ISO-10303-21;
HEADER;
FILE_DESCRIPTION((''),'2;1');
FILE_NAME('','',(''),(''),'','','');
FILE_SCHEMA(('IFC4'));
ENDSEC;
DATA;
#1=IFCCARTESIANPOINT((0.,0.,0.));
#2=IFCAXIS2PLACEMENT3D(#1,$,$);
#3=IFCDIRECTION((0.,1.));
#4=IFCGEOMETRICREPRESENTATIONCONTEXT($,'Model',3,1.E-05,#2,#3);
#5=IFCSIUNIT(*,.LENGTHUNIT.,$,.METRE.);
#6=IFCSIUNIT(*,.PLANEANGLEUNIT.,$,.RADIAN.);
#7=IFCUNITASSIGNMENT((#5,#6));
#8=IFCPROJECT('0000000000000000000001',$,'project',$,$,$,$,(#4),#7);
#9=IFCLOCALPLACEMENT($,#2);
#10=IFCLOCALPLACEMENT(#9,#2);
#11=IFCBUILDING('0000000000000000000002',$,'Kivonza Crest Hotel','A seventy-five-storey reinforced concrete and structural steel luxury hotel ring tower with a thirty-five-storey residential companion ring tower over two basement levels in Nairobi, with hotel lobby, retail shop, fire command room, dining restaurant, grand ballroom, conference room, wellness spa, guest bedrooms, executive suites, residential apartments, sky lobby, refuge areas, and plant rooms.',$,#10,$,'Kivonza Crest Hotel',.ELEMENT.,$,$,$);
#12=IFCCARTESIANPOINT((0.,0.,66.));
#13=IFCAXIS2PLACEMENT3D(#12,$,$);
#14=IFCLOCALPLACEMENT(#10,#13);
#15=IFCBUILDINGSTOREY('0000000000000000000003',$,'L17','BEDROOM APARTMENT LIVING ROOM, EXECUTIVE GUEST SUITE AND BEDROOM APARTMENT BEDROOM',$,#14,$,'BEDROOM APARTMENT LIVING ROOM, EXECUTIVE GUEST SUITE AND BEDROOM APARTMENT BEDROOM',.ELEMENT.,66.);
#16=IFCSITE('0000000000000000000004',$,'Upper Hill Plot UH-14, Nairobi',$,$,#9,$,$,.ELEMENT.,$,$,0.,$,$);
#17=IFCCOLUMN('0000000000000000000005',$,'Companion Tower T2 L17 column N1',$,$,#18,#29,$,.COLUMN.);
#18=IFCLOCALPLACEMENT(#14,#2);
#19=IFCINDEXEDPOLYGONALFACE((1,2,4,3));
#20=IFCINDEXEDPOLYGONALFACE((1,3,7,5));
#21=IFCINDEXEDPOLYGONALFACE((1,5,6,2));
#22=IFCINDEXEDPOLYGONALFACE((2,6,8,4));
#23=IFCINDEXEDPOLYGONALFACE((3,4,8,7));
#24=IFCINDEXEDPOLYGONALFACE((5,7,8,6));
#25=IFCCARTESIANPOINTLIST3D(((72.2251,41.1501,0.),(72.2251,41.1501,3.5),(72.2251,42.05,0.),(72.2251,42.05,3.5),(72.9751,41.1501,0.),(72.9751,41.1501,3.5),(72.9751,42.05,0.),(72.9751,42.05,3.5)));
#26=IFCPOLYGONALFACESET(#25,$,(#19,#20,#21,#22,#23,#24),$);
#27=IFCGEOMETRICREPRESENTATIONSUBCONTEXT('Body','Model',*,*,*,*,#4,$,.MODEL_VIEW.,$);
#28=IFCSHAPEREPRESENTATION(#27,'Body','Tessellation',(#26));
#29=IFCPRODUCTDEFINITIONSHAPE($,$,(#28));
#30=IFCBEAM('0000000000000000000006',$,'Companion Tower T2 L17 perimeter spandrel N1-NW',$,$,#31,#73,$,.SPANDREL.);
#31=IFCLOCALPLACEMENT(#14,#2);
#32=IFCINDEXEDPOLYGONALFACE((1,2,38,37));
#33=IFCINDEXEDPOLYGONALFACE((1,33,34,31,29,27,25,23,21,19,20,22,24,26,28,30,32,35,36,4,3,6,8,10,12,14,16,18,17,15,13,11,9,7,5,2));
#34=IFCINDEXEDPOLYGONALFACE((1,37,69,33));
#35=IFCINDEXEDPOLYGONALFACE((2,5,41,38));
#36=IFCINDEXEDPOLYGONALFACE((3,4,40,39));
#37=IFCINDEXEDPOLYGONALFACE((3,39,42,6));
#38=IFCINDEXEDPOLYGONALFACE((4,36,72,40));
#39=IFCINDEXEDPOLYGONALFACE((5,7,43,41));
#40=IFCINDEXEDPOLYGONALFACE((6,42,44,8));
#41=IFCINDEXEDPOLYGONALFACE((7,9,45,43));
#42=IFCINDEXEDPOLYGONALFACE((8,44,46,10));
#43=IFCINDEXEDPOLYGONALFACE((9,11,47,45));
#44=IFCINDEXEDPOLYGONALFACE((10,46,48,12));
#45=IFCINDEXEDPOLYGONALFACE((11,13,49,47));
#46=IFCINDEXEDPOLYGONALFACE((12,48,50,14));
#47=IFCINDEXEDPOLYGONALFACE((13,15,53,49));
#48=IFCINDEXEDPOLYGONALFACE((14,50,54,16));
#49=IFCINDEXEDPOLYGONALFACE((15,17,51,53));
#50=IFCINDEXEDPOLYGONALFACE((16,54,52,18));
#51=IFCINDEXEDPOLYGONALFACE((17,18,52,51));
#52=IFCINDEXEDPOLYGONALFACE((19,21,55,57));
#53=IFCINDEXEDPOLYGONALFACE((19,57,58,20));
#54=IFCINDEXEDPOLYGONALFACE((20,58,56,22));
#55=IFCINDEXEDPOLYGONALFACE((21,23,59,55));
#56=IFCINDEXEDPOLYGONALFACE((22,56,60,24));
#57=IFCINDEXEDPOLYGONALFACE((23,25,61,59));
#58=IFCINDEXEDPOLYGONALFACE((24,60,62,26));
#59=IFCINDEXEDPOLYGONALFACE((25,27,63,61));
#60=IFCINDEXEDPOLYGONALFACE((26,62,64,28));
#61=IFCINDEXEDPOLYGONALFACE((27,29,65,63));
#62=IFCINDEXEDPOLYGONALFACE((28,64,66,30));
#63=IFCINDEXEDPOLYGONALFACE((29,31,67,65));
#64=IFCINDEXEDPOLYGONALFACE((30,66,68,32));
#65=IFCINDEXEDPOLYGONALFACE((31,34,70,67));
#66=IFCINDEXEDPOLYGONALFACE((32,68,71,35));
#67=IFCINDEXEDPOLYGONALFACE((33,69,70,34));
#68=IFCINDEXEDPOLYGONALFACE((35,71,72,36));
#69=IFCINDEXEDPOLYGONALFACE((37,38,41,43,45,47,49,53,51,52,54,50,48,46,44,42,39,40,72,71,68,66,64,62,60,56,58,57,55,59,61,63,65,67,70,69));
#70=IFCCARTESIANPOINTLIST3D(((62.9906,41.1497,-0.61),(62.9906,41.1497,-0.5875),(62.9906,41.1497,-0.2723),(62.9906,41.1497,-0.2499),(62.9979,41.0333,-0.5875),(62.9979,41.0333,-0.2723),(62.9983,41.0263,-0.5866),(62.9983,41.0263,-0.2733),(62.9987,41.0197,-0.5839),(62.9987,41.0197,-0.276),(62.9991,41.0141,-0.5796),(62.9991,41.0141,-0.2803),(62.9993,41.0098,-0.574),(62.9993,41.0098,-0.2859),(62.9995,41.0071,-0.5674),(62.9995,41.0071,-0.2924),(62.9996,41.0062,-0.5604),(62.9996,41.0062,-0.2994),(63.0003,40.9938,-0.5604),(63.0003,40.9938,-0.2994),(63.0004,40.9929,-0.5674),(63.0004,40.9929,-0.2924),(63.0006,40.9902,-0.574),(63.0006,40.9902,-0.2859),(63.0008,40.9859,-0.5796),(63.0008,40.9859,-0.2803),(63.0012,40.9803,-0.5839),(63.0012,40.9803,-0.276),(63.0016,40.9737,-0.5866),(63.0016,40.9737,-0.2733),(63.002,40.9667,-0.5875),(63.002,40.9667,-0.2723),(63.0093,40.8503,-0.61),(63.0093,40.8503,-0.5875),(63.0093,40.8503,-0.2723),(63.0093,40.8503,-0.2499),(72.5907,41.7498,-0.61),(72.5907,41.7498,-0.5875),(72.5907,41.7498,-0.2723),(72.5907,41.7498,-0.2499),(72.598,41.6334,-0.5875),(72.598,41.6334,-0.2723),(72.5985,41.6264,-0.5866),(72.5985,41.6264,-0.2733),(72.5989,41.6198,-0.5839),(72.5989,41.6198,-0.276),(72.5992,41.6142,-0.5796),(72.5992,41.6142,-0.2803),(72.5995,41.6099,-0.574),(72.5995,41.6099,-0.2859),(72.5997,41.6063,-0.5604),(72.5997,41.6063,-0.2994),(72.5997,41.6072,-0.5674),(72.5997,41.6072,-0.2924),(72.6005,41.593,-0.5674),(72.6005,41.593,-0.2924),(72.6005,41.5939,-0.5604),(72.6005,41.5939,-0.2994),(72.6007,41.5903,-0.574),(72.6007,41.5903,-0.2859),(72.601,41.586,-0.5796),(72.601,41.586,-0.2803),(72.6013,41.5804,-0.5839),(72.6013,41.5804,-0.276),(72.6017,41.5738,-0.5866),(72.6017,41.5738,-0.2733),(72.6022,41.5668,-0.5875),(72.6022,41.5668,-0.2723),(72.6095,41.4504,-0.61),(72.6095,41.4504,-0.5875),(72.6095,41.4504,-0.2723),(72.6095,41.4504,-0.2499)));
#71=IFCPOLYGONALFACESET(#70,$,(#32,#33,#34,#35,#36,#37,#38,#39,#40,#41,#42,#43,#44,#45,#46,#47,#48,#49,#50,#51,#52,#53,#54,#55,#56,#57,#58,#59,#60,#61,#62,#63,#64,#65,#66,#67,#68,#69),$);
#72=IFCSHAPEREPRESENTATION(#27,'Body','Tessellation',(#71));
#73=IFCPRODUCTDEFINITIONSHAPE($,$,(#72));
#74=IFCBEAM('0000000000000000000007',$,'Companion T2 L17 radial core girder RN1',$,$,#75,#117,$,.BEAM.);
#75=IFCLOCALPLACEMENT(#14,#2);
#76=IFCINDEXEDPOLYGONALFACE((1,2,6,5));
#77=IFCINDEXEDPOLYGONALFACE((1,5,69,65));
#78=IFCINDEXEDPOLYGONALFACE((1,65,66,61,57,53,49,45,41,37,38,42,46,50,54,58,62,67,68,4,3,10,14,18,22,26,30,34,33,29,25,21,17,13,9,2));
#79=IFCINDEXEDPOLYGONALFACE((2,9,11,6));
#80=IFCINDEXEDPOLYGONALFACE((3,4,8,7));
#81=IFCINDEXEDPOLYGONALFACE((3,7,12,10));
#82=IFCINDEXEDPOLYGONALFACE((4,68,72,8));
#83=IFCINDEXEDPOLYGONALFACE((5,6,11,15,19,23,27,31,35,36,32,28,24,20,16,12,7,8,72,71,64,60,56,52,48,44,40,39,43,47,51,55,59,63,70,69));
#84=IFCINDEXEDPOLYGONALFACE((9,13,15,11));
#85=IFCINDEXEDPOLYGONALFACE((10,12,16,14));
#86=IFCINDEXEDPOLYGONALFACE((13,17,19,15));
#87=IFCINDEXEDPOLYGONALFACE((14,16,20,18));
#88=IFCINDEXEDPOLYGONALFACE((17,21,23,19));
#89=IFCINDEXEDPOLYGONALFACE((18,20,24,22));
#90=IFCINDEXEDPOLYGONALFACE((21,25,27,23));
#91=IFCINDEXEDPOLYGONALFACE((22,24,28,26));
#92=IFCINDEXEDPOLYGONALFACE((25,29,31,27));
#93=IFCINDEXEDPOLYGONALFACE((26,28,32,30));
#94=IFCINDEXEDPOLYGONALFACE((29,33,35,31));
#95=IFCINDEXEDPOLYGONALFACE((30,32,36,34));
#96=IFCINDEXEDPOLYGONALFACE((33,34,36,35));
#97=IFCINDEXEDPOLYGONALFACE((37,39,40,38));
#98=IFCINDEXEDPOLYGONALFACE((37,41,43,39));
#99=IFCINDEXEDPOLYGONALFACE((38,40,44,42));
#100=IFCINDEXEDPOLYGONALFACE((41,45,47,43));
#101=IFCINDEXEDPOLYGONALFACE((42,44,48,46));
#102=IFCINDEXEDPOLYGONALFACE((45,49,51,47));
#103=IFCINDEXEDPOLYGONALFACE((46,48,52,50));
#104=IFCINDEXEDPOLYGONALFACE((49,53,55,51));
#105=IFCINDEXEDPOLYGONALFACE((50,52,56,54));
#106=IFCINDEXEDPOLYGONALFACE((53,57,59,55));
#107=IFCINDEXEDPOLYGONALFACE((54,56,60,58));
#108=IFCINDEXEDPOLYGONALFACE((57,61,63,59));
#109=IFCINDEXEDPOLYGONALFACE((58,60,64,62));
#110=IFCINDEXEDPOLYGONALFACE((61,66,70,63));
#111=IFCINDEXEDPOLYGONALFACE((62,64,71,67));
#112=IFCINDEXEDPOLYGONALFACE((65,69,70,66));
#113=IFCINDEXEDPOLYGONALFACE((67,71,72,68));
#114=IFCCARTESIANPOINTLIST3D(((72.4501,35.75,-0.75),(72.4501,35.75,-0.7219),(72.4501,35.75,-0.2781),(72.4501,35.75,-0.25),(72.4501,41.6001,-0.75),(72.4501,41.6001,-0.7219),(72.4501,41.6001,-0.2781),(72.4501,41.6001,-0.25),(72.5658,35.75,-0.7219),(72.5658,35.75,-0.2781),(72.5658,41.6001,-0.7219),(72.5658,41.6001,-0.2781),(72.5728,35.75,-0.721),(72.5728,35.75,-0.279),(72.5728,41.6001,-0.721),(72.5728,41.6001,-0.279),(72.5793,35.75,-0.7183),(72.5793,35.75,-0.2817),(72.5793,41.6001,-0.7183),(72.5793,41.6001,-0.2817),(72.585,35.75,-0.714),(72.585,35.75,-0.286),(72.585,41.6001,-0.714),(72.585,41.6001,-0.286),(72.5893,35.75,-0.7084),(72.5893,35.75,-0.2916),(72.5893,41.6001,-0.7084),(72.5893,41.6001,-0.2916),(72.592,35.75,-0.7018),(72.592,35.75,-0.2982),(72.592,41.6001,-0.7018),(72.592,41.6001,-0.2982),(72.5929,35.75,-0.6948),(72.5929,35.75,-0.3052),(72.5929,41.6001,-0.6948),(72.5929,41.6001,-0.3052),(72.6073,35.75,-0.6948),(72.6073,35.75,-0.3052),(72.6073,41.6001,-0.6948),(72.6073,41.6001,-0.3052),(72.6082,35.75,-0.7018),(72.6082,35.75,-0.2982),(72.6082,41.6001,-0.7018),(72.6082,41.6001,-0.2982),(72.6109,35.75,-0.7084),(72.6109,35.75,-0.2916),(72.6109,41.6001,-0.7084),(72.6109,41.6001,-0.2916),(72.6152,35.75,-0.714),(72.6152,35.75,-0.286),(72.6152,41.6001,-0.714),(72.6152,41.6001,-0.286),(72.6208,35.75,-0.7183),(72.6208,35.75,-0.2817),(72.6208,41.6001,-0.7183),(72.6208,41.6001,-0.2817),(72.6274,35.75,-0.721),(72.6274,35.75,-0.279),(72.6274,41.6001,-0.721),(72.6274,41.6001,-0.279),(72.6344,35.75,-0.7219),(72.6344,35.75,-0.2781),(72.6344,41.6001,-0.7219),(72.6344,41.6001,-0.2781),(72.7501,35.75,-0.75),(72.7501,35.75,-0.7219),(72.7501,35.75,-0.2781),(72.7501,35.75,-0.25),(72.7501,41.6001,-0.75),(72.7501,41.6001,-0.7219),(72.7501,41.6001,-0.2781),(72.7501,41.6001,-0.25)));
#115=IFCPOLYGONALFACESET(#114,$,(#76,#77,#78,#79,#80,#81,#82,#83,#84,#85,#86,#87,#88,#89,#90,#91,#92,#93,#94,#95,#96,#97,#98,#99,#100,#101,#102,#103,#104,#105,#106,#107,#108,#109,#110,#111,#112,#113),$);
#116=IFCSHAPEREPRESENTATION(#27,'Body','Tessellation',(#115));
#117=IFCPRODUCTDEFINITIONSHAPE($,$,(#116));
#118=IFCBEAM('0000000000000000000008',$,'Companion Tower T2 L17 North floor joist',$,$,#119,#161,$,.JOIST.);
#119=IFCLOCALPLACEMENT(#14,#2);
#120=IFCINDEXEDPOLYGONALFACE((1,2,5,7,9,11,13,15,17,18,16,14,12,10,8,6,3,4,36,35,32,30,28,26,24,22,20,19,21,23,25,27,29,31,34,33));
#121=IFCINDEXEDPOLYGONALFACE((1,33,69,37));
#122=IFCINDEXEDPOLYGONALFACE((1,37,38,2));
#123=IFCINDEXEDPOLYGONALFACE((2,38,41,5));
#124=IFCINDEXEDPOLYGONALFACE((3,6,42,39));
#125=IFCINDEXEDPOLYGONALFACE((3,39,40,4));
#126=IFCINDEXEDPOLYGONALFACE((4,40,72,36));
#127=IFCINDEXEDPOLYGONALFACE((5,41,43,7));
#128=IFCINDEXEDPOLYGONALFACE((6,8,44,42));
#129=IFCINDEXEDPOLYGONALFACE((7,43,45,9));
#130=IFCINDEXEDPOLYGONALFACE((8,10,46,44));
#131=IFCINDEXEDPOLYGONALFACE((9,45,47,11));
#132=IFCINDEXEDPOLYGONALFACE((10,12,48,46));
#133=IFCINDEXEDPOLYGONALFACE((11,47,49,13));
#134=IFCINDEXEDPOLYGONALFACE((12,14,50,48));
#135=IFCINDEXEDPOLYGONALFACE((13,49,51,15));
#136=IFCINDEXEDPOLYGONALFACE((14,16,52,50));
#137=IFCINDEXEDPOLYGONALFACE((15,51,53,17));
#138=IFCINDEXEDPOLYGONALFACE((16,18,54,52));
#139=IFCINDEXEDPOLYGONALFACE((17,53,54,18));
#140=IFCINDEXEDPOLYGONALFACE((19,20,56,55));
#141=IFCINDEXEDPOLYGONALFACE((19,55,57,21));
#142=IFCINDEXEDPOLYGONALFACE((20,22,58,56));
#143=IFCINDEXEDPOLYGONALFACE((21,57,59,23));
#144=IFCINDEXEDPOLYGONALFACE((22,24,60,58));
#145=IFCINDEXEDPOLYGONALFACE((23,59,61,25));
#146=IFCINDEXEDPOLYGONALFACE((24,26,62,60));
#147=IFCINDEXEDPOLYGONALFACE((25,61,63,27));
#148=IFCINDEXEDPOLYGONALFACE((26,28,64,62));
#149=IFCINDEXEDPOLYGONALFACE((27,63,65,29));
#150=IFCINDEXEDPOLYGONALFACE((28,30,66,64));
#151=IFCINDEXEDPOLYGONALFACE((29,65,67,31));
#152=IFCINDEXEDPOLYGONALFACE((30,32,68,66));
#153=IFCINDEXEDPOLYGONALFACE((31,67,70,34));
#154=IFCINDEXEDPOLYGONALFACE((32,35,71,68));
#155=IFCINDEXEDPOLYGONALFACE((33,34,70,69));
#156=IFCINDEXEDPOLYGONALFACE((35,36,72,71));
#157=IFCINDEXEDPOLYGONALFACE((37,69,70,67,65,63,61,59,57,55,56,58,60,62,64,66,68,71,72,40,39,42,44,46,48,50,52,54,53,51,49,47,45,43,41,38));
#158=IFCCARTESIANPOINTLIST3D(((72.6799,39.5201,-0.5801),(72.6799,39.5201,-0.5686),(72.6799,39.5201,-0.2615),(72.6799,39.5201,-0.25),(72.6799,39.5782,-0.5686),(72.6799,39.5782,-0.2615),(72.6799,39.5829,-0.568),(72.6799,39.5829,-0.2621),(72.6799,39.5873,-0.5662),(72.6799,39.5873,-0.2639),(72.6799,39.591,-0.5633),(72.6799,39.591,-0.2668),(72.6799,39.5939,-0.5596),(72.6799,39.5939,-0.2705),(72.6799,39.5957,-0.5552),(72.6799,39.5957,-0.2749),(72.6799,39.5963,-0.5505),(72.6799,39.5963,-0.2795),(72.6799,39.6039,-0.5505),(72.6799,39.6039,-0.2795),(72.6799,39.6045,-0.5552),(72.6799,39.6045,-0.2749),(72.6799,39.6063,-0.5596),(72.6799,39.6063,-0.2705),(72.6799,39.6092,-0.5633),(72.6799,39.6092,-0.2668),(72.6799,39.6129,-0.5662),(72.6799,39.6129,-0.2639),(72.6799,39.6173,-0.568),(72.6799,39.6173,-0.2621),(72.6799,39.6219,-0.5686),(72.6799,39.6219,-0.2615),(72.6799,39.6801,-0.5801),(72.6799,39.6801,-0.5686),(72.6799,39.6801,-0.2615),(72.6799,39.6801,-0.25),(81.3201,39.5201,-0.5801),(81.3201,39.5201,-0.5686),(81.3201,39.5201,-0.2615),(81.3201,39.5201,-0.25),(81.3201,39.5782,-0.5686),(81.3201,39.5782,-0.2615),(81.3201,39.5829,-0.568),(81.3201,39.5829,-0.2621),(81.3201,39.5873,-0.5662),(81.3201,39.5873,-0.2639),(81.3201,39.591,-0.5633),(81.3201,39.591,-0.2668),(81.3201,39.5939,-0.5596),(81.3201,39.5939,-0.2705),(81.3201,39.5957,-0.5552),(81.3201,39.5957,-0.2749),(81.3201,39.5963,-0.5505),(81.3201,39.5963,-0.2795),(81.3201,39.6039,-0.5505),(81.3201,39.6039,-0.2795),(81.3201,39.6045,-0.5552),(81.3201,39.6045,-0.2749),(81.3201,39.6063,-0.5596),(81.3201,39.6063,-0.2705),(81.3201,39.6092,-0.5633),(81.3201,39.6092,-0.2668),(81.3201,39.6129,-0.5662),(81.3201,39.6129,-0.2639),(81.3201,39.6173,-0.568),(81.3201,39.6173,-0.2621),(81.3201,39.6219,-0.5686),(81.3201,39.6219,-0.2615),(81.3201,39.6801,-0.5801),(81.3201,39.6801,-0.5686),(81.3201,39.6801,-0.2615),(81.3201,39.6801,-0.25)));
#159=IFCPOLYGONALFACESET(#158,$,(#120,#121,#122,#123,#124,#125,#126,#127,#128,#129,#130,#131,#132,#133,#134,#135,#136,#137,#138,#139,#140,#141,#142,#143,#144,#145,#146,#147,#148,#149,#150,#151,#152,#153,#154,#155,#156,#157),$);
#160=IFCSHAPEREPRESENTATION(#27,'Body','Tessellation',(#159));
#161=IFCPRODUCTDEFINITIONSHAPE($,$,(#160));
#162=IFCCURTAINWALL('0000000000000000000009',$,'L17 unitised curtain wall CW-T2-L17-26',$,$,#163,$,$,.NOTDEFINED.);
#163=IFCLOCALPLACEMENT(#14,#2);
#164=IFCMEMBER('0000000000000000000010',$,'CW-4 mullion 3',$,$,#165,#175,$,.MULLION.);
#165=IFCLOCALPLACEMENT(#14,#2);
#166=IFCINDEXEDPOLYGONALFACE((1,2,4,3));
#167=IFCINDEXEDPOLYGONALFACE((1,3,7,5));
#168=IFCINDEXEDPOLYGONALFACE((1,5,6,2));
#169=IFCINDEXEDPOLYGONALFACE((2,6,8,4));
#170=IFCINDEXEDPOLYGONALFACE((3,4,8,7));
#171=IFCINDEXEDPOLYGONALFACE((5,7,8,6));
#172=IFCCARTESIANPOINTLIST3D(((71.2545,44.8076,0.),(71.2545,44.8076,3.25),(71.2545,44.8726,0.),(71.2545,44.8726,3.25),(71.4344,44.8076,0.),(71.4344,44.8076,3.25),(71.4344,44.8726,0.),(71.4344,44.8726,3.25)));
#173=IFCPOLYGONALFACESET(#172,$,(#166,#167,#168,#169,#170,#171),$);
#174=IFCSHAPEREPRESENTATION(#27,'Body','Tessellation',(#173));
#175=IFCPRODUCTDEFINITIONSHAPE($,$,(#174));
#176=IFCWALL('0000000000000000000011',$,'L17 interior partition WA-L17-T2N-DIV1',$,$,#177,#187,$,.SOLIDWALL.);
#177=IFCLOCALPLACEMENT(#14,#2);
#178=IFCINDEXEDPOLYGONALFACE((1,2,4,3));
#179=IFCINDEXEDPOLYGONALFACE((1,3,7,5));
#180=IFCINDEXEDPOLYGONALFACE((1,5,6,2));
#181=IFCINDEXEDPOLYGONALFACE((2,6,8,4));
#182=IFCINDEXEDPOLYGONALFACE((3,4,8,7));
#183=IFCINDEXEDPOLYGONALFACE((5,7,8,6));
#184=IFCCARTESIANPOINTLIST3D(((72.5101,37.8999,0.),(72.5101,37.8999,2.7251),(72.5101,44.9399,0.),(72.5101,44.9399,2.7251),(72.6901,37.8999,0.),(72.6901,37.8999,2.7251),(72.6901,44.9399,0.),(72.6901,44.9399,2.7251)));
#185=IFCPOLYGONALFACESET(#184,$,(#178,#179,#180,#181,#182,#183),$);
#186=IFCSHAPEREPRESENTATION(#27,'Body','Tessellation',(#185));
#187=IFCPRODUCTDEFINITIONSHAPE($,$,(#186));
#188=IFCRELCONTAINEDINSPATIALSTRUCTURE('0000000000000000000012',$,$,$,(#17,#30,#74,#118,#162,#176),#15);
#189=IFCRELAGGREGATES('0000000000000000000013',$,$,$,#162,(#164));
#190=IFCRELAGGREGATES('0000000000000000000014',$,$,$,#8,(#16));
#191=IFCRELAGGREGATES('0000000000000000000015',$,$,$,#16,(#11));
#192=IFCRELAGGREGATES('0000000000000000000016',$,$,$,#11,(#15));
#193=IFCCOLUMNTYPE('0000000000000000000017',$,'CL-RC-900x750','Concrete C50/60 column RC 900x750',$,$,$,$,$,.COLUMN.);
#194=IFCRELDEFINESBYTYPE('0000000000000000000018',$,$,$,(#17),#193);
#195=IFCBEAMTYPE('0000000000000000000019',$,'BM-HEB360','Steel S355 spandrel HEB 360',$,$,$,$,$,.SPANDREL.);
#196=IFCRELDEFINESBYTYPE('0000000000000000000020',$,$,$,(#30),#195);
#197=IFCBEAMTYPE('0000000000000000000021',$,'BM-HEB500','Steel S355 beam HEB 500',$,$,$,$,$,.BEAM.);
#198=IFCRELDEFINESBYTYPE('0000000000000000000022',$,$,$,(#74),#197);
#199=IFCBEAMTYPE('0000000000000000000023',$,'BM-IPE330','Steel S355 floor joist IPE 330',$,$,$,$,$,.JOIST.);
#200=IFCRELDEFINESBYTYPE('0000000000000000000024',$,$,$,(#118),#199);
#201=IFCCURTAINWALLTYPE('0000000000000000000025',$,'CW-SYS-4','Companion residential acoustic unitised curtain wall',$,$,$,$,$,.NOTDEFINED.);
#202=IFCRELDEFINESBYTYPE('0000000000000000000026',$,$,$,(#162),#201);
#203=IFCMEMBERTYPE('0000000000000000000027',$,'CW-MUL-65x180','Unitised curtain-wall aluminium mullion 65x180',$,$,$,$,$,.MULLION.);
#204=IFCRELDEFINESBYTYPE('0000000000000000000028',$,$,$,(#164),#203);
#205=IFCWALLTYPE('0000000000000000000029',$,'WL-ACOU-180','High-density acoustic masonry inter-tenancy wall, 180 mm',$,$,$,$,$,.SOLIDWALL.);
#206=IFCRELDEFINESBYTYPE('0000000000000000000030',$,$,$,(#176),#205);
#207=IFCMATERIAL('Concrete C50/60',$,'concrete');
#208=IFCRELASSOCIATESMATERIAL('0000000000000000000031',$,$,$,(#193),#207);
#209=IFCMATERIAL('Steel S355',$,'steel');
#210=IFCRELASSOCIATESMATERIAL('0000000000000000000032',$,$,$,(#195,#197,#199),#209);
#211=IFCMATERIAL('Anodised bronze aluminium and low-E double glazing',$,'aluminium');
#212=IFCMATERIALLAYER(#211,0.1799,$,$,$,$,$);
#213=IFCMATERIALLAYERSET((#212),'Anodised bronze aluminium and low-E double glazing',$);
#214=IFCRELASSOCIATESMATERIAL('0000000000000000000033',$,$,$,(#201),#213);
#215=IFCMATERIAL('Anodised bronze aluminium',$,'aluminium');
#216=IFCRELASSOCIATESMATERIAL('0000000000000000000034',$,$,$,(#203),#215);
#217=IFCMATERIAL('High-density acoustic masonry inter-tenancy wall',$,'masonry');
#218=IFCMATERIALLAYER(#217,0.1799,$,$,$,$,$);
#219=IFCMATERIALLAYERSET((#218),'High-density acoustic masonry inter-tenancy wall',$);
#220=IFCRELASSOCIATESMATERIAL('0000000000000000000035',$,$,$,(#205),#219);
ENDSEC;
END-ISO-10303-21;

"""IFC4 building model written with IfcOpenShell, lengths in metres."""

from ifc_helpers import new_model, si_unit, direction, frame, frame_2d, origin, origin_2d, place, context, subcontext, project, spatial, rectangle, i_section, extrude, material, layer, layer_set, material_profile, profile_set, type_object, element, aggregate, save


model = new_model("IFC4")

# Units and contexts
model_context = context("Model", 3, precision=1e-05, world=origin(), true_north=direction((0.0, 1.0)))
body_context = subcontext(model_context, "Body", "Model", "MODEL_VIEW")
ifc_project = project(units=[si_unit("LENGTHUNIT", "METRE"), si_unit("PLANEANGLEUNIT", "RADIAN")], contexts=[model_context])

# Site, building, storey
site_placement = place(None, origin())
site = spatial("IfcSite", under=ifc_project, at=site_placement, Name="Upper Hill Plot UH-14, Nairobi", CompositionType="ELEMENT", RefElevation=0.0)
building_placement = place(site_placement, origin())
building = spatial("IfcBuilding", under=site, at=building_placement, Name="Kivonza Crest Hotel", Description="A seventy-five-storey reinforced concrete and structural steel luxury hotel ring tower with a thirty-five-storey residential companion ring tower over two basement levels in Nairobi, with hotel lobby, retail shop, fire command room, dining restaurant, grand ballroom, conference room, wellness spa, guest bedrooms, executive suites, residential apartments, sky lobby, refuge areas, and plant rooms.", LongName="Kivonza Crest Hotel", CompositionType="ELEMENT")
storey_placement = place(building_placement, frame((0.0, 0.0, 66.0)))
storey = spatial("IfcBuildingStorey", under=building, at=storey_placement, Name="L17", Description="BEDROOM APARTMENT LIVING ROOM, EXECUTIVE GUEST SUITE AND BEDROOM APARTMENT BEDROOM", LongName="BEDROOM APARTMENT LIVING ROOM, EXECUTIVE GUEST SUITE AND BEDROOM APARTMENT BEDROOM", CompositionType="ELEMENT", Elevation=66.0)

# Column
ifc_material_1 = material(Name="Concrete C50/60", Category="concrete")
ifc_material_profile_1 = material_profile(ifc_material_1, rectangle(XDim=0.75, YDim=0.8999, at=origin_2d()), Name="RC 900x750")
ifc_profile_set_1 = profile_set([ifc_material_profile_1], Name="Concrete C50/60")
column_type = type_object("IfcColumnType", Name="CL-RC-900x750", Description="Concrete C50/60 column RC 900x750", PredefinedType="COLUMN", material=ifc_profile_set_1)
column_placement = place(storey_placement, frame((72.6001, 41.6001, 0.0), z_axis=(0.0, 0.0, 1.0), x_axis=(1.0, 0.0, 0.0)))
element("IfcColumn", 1, at=column_placement, inside=storey, type_object=column_type, Name="Companion Tower T2 L17 column N1", PredefinedType="COLUMN", context=body_context, shape_type="SweptSolid", body=[
    extrude(rectangle(XDim=0.75, YDim=0.8999, at=origin_2d()), origin(), (0.0, 0.0, 1.0), 3.5),
])

# Beams
ifc_material_2 = material(Name="Steel S355", Category="steel")
ifc_material_profile_2 = material_profile(ifc_material_2, i_section(OverallWidth=0.3, OverallDepth=0.3601, WebThickness=0.0125, FlangeThickness=0.0225, FilletRadius=0.0271, at=origin_2d()), Name="HEB 360")
ifc_profile_set_2 = profile_set([ifc_material_profile_2], Name="Steel S355")
beam_type_1 = type_object("IfcBeamType", Name="BM-HEB360", Description="Steel S355 spandrel HEB 360", PredefinedType="SPANDREL", material=ifc_profile_set_2)
beam_1_placement = place(storey_placement, frame((72.6001, 41.6001, -0.4299), z_axis=(-0.998052, -0.062388, 0.0), x_axis=(0.062388, -0.998052, 0.0)))
element("IfcBeam", 2, at=beam_1_placement, inside=storey, type_object=beam_type_1, Name="Companion Tower T2 L17 perimeter spandrel N1-NW", PredefinedType="SPANDREL", context=body_context, shape_type="SweptSolid", body=[
    extrude(i_section(OverallWidth=0.3, OverallDepth=0.3601, WebThickness=0.0125, FlangeThickness=0.0225, FilletRadius=0.0271, at=origin_2d()), origin(), (0.0, 0.0, 1.0), 9.6189),
])
ifc_material_profile_3 = material_profile(ifc_material_2, i_section(OverallWidth=0.3, OverallDepth=0.5, WebThickness=0.0144, FlangeThickness=0.0281, FilletRadius=0.0271, at=origin_2d()), Name="HEB 500")
ifc_profile_set_3 = profile_set([ifc_material_profile_3], Name="Steel S355")
beam_type_2 = type_object("IfcBeamType", Name="BM-HEB500", Description="Steel S355 beam HEB 500", PredefinedType="BEAM", material=ifc_profile_set_3)
beam_2_placement = place(storey_placement, frame((72.6001, 41.6001, -0.5), z_axis=(0.0, -1.0, 0.0), x_axis=(1.0, 0.0, 0.0)))
element("IfcBeam", 3, at=beam_2_placement, inside=storey, type_object=beam_type_2, Name="Companion T2 L17 radial core girder RN1", PredefinedType="BEAM", context=body_context, shape_type="SweptSolid", body=[
    extrude(i_section(OverallWidth=0.3, OverallDepth=0.5, WebThickness=0.0144, FlangeThickness=0.0281, FilletRadius=0.0271, at=origin_2d()), origin(), (0.0, 0.0, 1.0), 5.8501),
])
ifc_material_profile_4 = material_profile(ifc_material_2, i_section(OverallWidth=0.1599, OverallDepth=0.3301, WebThickness=0.0076, FlangeThickness=0.0115, FilletRadius=0.0181, at=origin_2d()), Name="IPE 330")
ifc_profile_set_4 = profile_set([ifc_material_profile_4], Name="Steel S355")
beam_type_3 = type_object("IfcBeamType", Name="BM-IPE330", Description="Steel S355 floor joist IPE 330", PredefinedType="JOIST", material=ifc_profile_set_4)
beam_3_placement = place(storey_placement, frame((72.6799, 39.6001, -0.415), z_axis=(1.0, 0.0, 0.0), x_axis=(0.0, 1.0, 0.0)))
element("IfcBeam", 4, at=beam_3_placement, inside=storey, type_object=beam_type_3, Name="Companion Tower T2 L17 North floor joist", PredefinedType="JOIST", context=body_context, shape_type="SweptSolid", body=[
    extrude(i_section(OverallWidth=0.1599, OverallDepth=0.3301, WebThickness=0.0076, FlangeThickness=0.0115, FilletRadius=0.0181, at=origin_2d()), origin(), (0.0, 0.0, 1.0), 8.6401),
])

# Curtain wall, member
ifc_material_3 = material(Name="Anodised bronze aluminium and low-E double glazing", Category="aluminium")
ifc_layer_1 = layer(ifc_material_3, 0.1799)
ifc_layer_set_1 = layer_set([ifc_layer_1], Name="Anodised bronze aluminium and low-E double glazing")
curtain_wall_type = type_object("IfcCurtainWallType", Name="CW-SYS-4", Description="Companion residential acoustic unitised curtain wall", PredefinedType="NOTDEFINED", material=ifc_layer_set_1)
curtain_wall_placement = place(storey_placement, origin())
curtain_wall = element("IfcCurtainWall", 5, at=curtain_wall_placement, inside=storey, type_object=curtain_wall_type, Name="L17 unitised curtain wall CW-T2-L17-26", PredefinedType="NOTDEFINED")
ifc_material_4 = material(Name="Anodised bronze aluminium", Category="aluminium")
ifc_material_profile_5 = material_profile(ifc_material_4, rectangle(XDim=0.0649, YDim=0.1799, at=origin_2d()), Name="CW-M 65x180")
ifc_profile_set_5 = profile_set([ifc_material_profile_5], Name="Anodised bronze aluminium")
member_type = type_object("IfcMemberType", Name="CW-MUL-65x180", Description="Unitised curtain-wall aluminium mullion 65x180", PredefinedType="MULLION", material=ifc_profile_set_5)
member_placement = place(storey_placement, frame((71.3445, 44.8401, 0.0), z_axis=(0.0, 0.0, 1.0), x_axis=(0.0, -1.0, 0.0)))
member = element("IfcMember", 6, at=member_placement, type_object=member_type, Name="CW-4 mullion 3", PredefinedType="MULLION", context=body_context, shape_type="SweptSolid", body=[
    extrude(rectangle(XDim=0.0649, YDim=0.1799, at=origin_2d()), origin(), (0.0, 0.0, 1.0), 3.25),
])
aggregate(curtain_wall, [member])

# Wall
ifc_material_5 = material(Name="High-density acoustic masonry inter-tenancy wall", Category="masonry")
ifc_layer_2 = layer(ifc_material_5, 0.1799)
ifc_layer_set_2 = layer_set([ifc_layer_2], Name="High-density acoustic masonry inter-tenancy wall")
wall_type_1 = type_object("IfcWallType", Name="WL-ACOU-180", Description="High-density acoustic masonry inter-tenancy wall, 180 mm", PredefinedType="SOLIDWALL", material=ifc_layer_set_2)
wall_1_placement = place(storey_placement, frame((72.6001, 37.8999, 0.0), z_axis=(0.0, 0.0, 1.0), x_axis=(0.0, 1.0, 0.0)))
element("IfcWall", 7, at=wall_1_placement, inside=storey, type_object=wall_type_1, Name="L17 interior partition WA-L17-T2N-DIV1", PredefinedType="SOLIDWALL", context=body_context, shape_type="SweptSolid", body=[
    extrude(rectangle(XDim=7.04, YDim=0.1799, at=frame_2d((3.52, 0.0))), origin(), (0.0, 0.0, 1.0), 2.7251),
])

save(model, "model.ifc")
